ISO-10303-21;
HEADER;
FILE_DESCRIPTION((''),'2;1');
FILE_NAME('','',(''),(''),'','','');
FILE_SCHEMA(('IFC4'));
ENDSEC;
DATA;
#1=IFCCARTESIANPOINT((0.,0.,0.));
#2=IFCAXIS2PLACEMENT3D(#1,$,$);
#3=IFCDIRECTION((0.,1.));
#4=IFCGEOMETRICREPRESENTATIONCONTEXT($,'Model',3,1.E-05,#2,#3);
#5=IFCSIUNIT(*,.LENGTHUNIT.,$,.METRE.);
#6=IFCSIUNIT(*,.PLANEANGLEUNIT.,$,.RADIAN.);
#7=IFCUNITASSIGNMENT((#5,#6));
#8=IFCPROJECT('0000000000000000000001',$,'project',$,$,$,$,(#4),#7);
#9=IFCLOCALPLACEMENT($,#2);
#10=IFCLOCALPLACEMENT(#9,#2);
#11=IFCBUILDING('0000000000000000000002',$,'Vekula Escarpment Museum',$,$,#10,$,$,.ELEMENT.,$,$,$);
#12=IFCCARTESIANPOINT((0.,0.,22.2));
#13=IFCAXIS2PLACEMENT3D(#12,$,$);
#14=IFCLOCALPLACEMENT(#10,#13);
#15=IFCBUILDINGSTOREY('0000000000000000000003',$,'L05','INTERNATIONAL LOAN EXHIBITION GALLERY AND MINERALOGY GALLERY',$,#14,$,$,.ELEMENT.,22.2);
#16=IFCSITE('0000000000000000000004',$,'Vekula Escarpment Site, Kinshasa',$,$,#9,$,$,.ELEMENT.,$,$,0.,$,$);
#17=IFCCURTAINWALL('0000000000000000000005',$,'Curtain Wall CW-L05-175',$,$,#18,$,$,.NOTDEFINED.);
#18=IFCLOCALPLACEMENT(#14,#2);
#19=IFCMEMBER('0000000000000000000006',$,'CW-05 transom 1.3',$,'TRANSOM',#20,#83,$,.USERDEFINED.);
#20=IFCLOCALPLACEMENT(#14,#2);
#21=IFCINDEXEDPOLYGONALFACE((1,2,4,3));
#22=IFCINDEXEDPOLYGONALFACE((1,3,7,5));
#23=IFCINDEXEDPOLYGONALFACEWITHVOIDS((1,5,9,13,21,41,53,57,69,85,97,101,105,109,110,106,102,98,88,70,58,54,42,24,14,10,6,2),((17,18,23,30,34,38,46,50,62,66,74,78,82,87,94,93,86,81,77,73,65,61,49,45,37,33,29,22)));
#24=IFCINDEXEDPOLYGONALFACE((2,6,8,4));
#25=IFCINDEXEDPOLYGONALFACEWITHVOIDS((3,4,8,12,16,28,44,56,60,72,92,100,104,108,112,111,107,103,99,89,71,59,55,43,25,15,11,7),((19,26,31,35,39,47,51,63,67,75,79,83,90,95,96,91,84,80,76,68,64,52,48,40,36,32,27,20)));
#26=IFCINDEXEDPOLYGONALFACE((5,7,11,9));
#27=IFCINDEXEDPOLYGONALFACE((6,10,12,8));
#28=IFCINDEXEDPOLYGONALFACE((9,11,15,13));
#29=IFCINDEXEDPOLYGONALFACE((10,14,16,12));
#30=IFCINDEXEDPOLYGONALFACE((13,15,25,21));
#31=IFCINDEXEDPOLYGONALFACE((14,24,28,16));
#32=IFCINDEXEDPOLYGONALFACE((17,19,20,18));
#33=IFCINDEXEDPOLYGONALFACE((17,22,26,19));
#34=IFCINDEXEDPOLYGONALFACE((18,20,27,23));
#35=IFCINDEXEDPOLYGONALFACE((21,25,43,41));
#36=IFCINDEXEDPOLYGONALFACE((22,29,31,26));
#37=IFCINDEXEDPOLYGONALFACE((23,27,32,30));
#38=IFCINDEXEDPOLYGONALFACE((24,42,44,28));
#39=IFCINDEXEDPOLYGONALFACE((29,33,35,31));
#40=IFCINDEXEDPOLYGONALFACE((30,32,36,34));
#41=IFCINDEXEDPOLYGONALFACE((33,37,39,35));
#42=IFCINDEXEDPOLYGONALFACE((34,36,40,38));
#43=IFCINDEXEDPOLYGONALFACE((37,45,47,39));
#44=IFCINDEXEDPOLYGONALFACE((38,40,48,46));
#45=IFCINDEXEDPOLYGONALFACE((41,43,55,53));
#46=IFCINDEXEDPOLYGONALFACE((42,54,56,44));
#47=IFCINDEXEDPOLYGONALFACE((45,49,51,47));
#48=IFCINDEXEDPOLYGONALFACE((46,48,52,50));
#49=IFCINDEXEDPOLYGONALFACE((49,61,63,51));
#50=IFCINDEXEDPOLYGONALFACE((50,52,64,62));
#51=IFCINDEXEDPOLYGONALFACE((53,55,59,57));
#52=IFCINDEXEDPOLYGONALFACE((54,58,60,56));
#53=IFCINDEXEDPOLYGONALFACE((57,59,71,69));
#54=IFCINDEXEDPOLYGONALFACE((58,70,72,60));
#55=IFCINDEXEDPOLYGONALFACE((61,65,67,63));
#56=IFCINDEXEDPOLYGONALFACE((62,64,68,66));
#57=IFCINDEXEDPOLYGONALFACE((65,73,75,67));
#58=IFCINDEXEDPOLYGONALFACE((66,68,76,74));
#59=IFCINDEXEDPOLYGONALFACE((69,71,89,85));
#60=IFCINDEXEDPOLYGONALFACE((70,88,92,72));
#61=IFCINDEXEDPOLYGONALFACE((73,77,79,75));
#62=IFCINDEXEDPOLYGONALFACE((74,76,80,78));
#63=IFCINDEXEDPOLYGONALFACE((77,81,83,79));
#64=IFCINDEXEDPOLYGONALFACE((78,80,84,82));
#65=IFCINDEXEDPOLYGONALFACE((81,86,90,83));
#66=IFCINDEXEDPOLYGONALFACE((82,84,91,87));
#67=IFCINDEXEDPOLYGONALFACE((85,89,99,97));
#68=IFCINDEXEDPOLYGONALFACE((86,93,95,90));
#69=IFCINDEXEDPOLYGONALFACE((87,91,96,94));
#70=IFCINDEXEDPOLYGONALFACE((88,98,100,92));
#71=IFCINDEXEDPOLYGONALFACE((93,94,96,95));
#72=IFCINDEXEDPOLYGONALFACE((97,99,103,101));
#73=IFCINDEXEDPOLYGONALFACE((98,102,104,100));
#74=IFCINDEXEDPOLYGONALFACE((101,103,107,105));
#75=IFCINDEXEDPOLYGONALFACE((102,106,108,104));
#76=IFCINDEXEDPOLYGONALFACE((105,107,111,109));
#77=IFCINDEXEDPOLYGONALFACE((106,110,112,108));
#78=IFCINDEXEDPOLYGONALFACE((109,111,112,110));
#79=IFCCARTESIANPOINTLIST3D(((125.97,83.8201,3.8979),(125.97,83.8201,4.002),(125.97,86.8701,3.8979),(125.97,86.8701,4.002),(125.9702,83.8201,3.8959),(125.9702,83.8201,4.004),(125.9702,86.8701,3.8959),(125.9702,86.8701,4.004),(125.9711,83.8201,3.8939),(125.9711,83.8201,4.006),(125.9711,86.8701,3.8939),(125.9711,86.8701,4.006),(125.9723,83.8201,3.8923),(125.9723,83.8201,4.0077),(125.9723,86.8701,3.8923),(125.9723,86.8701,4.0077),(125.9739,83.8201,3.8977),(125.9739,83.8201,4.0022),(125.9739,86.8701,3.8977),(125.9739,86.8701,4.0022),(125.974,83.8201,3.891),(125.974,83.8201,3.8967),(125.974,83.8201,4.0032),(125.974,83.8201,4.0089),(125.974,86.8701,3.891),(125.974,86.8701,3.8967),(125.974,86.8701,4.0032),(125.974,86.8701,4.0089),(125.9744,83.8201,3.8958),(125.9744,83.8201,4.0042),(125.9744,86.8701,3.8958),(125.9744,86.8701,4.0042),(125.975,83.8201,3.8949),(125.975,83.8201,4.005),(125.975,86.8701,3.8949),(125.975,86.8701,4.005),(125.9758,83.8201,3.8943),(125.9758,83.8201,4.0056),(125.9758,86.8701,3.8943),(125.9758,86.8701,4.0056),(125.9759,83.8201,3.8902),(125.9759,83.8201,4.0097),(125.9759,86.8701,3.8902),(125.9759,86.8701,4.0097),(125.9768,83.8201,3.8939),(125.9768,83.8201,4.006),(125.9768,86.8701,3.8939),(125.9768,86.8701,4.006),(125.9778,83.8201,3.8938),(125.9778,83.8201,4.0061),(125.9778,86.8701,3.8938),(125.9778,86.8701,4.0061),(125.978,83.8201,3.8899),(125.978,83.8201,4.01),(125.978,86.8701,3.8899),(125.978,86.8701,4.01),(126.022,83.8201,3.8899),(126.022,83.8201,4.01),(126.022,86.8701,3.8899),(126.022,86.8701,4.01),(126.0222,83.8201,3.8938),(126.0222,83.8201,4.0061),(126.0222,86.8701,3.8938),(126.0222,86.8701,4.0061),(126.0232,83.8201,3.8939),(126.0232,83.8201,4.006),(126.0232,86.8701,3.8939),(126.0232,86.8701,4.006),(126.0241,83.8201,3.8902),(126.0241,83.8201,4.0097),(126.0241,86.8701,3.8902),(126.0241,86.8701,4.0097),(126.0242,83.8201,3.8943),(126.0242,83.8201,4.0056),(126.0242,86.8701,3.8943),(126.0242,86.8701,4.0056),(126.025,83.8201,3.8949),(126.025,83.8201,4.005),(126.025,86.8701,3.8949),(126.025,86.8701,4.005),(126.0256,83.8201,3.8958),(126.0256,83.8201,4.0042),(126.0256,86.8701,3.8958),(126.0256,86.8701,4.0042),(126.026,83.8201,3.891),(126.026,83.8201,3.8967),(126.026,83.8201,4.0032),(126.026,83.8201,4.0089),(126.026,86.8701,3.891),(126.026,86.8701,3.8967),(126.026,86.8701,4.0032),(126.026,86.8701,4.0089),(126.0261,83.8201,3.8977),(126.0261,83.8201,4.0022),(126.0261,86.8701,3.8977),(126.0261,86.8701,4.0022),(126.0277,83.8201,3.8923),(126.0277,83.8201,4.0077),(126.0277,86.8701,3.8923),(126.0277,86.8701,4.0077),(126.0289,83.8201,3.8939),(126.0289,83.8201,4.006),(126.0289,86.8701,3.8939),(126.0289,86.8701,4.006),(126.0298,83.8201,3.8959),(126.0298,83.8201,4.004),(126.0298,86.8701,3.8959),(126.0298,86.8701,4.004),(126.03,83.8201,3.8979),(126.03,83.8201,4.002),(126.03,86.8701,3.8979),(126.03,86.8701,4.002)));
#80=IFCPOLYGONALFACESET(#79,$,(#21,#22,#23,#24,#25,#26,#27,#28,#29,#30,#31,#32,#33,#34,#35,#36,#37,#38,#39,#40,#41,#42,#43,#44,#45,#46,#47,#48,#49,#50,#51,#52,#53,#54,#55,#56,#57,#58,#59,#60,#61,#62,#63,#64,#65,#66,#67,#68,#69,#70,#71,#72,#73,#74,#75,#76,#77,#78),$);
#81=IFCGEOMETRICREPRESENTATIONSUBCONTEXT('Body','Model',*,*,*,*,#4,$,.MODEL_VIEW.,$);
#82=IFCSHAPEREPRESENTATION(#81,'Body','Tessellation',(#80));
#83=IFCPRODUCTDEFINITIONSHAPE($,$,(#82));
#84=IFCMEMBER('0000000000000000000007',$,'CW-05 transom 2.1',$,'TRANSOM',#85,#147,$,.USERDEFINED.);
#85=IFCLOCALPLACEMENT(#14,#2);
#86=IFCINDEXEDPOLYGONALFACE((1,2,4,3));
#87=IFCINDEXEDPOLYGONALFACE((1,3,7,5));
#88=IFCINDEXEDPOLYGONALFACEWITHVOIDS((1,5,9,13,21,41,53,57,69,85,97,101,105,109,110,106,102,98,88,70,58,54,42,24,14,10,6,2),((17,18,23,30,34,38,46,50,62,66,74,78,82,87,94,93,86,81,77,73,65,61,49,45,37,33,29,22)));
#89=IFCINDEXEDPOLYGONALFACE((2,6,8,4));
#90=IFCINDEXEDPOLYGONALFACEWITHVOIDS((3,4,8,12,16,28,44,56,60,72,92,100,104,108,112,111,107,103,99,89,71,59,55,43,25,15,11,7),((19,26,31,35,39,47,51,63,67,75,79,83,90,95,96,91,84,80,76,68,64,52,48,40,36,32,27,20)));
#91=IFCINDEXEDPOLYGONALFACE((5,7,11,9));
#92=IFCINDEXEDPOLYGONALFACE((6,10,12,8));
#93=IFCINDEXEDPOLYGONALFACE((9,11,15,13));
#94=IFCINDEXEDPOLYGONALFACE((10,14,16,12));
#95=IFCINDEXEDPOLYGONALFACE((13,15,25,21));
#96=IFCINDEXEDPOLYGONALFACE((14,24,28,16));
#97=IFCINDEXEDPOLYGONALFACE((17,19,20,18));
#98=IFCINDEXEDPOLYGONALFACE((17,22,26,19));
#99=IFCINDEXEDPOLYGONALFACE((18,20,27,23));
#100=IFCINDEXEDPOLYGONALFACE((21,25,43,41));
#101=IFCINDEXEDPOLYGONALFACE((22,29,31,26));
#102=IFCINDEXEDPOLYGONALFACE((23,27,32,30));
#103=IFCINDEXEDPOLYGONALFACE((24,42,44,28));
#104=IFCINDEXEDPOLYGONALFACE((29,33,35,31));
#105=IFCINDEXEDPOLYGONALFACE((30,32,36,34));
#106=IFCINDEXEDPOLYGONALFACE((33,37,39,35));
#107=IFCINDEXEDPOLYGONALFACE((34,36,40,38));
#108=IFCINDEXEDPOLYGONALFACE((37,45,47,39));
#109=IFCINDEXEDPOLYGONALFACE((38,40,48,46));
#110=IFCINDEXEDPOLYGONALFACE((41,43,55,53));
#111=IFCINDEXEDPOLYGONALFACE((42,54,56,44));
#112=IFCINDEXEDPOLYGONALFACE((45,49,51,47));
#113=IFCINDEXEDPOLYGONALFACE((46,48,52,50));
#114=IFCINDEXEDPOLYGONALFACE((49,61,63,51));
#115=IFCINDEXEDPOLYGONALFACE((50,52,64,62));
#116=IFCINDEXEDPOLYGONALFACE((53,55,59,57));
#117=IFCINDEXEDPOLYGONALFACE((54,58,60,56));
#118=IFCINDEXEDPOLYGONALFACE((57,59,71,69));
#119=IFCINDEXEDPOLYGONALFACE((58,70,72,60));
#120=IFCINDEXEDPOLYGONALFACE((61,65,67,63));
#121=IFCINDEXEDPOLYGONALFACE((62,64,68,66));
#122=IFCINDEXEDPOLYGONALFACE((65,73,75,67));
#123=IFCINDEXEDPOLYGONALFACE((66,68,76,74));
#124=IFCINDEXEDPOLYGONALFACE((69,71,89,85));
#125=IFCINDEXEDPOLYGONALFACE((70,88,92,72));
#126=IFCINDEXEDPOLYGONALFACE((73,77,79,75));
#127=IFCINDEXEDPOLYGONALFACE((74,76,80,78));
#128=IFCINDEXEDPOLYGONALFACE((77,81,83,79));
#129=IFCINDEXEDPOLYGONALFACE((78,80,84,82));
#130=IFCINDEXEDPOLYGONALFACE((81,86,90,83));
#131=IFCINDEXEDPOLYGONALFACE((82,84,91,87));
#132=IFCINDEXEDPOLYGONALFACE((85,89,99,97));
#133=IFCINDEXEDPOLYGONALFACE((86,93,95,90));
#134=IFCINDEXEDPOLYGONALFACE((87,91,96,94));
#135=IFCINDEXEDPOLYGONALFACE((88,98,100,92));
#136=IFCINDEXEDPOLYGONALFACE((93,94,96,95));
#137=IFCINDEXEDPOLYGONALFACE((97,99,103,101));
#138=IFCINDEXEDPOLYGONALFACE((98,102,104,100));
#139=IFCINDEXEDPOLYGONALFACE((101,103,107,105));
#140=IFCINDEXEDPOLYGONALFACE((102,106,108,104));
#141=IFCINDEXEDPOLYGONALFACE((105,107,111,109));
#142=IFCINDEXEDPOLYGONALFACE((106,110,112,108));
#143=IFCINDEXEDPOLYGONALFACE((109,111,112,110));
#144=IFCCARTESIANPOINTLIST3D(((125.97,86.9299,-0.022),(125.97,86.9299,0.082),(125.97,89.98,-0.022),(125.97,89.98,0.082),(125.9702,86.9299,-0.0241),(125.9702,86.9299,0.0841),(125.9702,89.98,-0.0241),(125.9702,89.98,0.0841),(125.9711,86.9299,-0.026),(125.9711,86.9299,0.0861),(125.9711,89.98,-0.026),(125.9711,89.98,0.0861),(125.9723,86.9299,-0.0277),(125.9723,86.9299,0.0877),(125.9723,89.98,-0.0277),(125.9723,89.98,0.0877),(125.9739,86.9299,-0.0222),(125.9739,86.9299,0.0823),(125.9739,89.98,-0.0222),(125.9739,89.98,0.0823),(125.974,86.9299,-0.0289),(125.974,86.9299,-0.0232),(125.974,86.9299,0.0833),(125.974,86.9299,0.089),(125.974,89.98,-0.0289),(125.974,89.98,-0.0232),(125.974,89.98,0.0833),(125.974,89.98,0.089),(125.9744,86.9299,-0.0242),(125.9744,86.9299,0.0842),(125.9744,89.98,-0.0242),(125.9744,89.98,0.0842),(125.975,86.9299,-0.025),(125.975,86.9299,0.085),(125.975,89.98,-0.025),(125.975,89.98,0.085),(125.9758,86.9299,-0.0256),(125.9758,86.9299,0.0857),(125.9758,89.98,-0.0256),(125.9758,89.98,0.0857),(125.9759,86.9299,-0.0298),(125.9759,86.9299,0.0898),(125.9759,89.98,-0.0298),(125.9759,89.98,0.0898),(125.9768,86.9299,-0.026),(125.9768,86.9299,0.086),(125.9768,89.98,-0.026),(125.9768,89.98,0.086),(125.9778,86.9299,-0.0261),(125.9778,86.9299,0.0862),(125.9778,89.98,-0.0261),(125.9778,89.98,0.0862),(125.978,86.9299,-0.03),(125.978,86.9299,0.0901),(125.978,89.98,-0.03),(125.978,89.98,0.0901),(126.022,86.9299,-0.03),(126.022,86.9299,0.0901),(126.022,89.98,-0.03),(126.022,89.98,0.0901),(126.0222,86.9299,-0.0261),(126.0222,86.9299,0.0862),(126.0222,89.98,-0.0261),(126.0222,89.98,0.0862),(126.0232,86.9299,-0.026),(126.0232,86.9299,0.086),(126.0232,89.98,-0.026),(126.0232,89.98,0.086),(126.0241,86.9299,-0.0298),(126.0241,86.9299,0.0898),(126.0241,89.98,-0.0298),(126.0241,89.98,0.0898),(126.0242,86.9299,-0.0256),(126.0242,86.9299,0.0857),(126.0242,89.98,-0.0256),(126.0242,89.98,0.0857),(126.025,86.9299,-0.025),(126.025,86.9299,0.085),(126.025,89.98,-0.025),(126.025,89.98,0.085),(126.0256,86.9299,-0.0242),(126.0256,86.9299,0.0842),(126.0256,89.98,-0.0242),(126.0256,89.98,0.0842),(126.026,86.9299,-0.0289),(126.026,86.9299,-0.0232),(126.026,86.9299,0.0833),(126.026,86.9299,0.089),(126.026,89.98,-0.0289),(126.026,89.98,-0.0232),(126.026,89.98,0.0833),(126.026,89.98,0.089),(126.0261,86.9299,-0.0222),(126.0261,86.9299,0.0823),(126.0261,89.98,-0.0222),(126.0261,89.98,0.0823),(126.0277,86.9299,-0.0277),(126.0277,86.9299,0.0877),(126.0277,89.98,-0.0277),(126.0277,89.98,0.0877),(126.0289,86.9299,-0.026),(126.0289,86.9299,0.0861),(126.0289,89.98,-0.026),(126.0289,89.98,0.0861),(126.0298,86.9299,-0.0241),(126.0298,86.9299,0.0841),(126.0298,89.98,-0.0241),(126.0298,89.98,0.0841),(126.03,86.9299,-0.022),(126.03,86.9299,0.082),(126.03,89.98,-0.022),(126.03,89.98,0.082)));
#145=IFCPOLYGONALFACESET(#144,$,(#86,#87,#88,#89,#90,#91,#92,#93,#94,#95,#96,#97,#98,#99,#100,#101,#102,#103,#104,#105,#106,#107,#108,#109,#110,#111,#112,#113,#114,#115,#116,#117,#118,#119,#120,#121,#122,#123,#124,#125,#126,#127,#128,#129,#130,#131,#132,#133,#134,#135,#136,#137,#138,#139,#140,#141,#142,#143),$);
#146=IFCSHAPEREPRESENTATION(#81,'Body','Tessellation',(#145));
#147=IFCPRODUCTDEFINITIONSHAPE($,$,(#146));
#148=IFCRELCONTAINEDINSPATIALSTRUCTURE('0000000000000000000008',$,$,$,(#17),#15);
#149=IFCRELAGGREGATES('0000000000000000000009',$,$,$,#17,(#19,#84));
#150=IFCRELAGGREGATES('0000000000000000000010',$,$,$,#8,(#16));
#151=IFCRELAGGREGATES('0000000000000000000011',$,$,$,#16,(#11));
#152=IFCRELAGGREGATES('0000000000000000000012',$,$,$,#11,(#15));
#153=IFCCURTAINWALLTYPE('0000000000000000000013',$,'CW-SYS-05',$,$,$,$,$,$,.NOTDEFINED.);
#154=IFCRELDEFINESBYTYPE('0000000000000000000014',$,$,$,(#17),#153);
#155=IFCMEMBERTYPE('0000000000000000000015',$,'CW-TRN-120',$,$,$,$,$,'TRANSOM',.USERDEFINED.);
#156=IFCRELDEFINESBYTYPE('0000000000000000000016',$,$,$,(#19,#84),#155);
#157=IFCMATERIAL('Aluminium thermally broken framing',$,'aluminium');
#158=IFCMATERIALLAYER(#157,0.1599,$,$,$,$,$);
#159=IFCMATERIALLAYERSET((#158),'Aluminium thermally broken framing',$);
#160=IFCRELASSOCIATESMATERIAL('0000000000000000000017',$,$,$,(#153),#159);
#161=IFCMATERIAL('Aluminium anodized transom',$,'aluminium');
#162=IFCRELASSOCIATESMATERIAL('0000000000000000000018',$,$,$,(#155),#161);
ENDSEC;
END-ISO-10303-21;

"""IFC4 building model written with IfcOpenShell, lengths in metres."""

from ifc_helpers import new_model, si_unit, direction, frame, origin, origin_2d, place, context, subcontext, project, spatial, hollow_rectangle, extrude, material, layer, layer_set, material_profile, profile_set, type_object, element, aggregate, save


model = new_model("IFC4")

# Units and contexts
model_context = context("Model", 3, precision=1e-05, world=origin(), true_north=direction((0.0, 1.0)))
body_context = subcontext(model_context, "Body", "Model", "MODEL_VIEW")
ifc_project = project(units=[si_unit("LENGTHUNIT", "METRE"), si_unit("PLANEANGLEUNIT", "RADIAN")], contexts=[model_context])

# Site, building, storey
site_placement = place(None, origin())
site = spatial("IfcSite", under=ifc_project, at=site_placement, Name="Vekula Escarpment Site, Kinshasa", CompositionType="ELEMENT", RefElevation=0.0)
building_placement = place(site_placement, origin())
building = spatial("IfcBuilding", under=site, at=building_placement, Name="Vekula Escarpment Museum", CompositionType="ELEMENT")
storey_placement = place(building_placement, frame((0.0, 0.0, 22.2)))
storey = spatial("IfcBuildingStorey", under=building, at=storey_placement, Name="L05", Description="INTERNATIONAL LOAN EXHIBITION GALLERY AND MINERALOGY GALLERY", CompositionType="ELEMENT", Elevation=22.2)

# Curtain wall, members
ifc_material_1 = material(Name="Aluminium thermally broken framing", Category="aluminium")
ifc_layer_1 = layer(ifc_material_1, 0.1599)
ifc_layer_set_1 = layer_set([ifc_layer_1], Name="Aluminium thermally broken framing")
curtain_wall_type_1 = type_object("IfcCurtainWallType", Name="CW-SYS-05", PredefinedType="NOTDEFINED", material=ifc_layer_set_1)
curtain_wall_1_placement = place(storey_placement, origin())
curtain_wall_1 = element("IfcCurtainWall", 1, at=curtain_wall_1_placement, inside=storey, type_object=curtain_wall_type_1, Name="Curtain Wall CW-L05-175", PredefinedType="NOTDEFINED")
ifc_material_2 = material(Name="Aluminium anodized transom", Category="aluminium")
ifc_material_profile_1 = material_profile(ifc_material_2, hollow_rectangle(XDim=0.0601, YDim=0.1201, WallThickness=0.0039, InnerFilletRadius=0.0039, OuterFilletRadius=0.0081, at=origin_2d()), Name="ALU 120x60x4")
ifc_profile_set_1 = profile_set([ifc_material_profile_1], Name="Aluminium anodized transom")
member_type_1 = type_object("IfcMemberType", Name="CW-TRN-120", ElementType="TRANSOM", PredefinedType="USERDEFINED", material=ifc_profile_set_1)
member_1_placement = place(storey_placement, frame((126.0, 83.8201, 3.95), z_axis=(0.0, 1.0, 0.0), x_axis=(-1.0, 0.0, 0.0)))
member_1 = element("IfcMember", 2, at=member_1_placement, type_object=member_type_1, Name="CW-05 transom 1.3", ObjectType="TRANSOM", PredefinedType="USERDEFINED", context=body_context, shape_type="SweptSolid", body=[
    extrude(hollow_rectangle(XDim=0.0601, YDim=0.1201, WallThickness=0.0039, InnerFilletRadius=0.0039, OuterFilletRadius=0.0081, at=origin_2d()), origin(), (0.0, 0.0, 1.0), 3.05),
])
member_2_placement = place(storey_placement, frame((126.0, 86.9299, 0.03), z_axis=(0.0, 1.0, 0.0), x_axis=(-1.0, 0.0, 0.0)))
member_2 = element("IfcMember", 3, at=member_2_placement, type_object=member_type_1, Name="CW-05 transom 2.1", ObjectType="TRANSOM", PredefinedType="USERDEFINED", context=body_context, shape_type="SweptSolid", body=[
    extrude(hollow_rectangle(XDim=0.0601, YDim=0.1201, WallThickness=0.0039, InnerFilletRadius=0.0039, OuterFilletRadius=0.0081, at=origin_2d()), origin(), (0.0, 0.0, 1.0), 3.05),
])

aggregate(curtain_wall_1, [member_1, member_2])

save(model, "model.ifc")
